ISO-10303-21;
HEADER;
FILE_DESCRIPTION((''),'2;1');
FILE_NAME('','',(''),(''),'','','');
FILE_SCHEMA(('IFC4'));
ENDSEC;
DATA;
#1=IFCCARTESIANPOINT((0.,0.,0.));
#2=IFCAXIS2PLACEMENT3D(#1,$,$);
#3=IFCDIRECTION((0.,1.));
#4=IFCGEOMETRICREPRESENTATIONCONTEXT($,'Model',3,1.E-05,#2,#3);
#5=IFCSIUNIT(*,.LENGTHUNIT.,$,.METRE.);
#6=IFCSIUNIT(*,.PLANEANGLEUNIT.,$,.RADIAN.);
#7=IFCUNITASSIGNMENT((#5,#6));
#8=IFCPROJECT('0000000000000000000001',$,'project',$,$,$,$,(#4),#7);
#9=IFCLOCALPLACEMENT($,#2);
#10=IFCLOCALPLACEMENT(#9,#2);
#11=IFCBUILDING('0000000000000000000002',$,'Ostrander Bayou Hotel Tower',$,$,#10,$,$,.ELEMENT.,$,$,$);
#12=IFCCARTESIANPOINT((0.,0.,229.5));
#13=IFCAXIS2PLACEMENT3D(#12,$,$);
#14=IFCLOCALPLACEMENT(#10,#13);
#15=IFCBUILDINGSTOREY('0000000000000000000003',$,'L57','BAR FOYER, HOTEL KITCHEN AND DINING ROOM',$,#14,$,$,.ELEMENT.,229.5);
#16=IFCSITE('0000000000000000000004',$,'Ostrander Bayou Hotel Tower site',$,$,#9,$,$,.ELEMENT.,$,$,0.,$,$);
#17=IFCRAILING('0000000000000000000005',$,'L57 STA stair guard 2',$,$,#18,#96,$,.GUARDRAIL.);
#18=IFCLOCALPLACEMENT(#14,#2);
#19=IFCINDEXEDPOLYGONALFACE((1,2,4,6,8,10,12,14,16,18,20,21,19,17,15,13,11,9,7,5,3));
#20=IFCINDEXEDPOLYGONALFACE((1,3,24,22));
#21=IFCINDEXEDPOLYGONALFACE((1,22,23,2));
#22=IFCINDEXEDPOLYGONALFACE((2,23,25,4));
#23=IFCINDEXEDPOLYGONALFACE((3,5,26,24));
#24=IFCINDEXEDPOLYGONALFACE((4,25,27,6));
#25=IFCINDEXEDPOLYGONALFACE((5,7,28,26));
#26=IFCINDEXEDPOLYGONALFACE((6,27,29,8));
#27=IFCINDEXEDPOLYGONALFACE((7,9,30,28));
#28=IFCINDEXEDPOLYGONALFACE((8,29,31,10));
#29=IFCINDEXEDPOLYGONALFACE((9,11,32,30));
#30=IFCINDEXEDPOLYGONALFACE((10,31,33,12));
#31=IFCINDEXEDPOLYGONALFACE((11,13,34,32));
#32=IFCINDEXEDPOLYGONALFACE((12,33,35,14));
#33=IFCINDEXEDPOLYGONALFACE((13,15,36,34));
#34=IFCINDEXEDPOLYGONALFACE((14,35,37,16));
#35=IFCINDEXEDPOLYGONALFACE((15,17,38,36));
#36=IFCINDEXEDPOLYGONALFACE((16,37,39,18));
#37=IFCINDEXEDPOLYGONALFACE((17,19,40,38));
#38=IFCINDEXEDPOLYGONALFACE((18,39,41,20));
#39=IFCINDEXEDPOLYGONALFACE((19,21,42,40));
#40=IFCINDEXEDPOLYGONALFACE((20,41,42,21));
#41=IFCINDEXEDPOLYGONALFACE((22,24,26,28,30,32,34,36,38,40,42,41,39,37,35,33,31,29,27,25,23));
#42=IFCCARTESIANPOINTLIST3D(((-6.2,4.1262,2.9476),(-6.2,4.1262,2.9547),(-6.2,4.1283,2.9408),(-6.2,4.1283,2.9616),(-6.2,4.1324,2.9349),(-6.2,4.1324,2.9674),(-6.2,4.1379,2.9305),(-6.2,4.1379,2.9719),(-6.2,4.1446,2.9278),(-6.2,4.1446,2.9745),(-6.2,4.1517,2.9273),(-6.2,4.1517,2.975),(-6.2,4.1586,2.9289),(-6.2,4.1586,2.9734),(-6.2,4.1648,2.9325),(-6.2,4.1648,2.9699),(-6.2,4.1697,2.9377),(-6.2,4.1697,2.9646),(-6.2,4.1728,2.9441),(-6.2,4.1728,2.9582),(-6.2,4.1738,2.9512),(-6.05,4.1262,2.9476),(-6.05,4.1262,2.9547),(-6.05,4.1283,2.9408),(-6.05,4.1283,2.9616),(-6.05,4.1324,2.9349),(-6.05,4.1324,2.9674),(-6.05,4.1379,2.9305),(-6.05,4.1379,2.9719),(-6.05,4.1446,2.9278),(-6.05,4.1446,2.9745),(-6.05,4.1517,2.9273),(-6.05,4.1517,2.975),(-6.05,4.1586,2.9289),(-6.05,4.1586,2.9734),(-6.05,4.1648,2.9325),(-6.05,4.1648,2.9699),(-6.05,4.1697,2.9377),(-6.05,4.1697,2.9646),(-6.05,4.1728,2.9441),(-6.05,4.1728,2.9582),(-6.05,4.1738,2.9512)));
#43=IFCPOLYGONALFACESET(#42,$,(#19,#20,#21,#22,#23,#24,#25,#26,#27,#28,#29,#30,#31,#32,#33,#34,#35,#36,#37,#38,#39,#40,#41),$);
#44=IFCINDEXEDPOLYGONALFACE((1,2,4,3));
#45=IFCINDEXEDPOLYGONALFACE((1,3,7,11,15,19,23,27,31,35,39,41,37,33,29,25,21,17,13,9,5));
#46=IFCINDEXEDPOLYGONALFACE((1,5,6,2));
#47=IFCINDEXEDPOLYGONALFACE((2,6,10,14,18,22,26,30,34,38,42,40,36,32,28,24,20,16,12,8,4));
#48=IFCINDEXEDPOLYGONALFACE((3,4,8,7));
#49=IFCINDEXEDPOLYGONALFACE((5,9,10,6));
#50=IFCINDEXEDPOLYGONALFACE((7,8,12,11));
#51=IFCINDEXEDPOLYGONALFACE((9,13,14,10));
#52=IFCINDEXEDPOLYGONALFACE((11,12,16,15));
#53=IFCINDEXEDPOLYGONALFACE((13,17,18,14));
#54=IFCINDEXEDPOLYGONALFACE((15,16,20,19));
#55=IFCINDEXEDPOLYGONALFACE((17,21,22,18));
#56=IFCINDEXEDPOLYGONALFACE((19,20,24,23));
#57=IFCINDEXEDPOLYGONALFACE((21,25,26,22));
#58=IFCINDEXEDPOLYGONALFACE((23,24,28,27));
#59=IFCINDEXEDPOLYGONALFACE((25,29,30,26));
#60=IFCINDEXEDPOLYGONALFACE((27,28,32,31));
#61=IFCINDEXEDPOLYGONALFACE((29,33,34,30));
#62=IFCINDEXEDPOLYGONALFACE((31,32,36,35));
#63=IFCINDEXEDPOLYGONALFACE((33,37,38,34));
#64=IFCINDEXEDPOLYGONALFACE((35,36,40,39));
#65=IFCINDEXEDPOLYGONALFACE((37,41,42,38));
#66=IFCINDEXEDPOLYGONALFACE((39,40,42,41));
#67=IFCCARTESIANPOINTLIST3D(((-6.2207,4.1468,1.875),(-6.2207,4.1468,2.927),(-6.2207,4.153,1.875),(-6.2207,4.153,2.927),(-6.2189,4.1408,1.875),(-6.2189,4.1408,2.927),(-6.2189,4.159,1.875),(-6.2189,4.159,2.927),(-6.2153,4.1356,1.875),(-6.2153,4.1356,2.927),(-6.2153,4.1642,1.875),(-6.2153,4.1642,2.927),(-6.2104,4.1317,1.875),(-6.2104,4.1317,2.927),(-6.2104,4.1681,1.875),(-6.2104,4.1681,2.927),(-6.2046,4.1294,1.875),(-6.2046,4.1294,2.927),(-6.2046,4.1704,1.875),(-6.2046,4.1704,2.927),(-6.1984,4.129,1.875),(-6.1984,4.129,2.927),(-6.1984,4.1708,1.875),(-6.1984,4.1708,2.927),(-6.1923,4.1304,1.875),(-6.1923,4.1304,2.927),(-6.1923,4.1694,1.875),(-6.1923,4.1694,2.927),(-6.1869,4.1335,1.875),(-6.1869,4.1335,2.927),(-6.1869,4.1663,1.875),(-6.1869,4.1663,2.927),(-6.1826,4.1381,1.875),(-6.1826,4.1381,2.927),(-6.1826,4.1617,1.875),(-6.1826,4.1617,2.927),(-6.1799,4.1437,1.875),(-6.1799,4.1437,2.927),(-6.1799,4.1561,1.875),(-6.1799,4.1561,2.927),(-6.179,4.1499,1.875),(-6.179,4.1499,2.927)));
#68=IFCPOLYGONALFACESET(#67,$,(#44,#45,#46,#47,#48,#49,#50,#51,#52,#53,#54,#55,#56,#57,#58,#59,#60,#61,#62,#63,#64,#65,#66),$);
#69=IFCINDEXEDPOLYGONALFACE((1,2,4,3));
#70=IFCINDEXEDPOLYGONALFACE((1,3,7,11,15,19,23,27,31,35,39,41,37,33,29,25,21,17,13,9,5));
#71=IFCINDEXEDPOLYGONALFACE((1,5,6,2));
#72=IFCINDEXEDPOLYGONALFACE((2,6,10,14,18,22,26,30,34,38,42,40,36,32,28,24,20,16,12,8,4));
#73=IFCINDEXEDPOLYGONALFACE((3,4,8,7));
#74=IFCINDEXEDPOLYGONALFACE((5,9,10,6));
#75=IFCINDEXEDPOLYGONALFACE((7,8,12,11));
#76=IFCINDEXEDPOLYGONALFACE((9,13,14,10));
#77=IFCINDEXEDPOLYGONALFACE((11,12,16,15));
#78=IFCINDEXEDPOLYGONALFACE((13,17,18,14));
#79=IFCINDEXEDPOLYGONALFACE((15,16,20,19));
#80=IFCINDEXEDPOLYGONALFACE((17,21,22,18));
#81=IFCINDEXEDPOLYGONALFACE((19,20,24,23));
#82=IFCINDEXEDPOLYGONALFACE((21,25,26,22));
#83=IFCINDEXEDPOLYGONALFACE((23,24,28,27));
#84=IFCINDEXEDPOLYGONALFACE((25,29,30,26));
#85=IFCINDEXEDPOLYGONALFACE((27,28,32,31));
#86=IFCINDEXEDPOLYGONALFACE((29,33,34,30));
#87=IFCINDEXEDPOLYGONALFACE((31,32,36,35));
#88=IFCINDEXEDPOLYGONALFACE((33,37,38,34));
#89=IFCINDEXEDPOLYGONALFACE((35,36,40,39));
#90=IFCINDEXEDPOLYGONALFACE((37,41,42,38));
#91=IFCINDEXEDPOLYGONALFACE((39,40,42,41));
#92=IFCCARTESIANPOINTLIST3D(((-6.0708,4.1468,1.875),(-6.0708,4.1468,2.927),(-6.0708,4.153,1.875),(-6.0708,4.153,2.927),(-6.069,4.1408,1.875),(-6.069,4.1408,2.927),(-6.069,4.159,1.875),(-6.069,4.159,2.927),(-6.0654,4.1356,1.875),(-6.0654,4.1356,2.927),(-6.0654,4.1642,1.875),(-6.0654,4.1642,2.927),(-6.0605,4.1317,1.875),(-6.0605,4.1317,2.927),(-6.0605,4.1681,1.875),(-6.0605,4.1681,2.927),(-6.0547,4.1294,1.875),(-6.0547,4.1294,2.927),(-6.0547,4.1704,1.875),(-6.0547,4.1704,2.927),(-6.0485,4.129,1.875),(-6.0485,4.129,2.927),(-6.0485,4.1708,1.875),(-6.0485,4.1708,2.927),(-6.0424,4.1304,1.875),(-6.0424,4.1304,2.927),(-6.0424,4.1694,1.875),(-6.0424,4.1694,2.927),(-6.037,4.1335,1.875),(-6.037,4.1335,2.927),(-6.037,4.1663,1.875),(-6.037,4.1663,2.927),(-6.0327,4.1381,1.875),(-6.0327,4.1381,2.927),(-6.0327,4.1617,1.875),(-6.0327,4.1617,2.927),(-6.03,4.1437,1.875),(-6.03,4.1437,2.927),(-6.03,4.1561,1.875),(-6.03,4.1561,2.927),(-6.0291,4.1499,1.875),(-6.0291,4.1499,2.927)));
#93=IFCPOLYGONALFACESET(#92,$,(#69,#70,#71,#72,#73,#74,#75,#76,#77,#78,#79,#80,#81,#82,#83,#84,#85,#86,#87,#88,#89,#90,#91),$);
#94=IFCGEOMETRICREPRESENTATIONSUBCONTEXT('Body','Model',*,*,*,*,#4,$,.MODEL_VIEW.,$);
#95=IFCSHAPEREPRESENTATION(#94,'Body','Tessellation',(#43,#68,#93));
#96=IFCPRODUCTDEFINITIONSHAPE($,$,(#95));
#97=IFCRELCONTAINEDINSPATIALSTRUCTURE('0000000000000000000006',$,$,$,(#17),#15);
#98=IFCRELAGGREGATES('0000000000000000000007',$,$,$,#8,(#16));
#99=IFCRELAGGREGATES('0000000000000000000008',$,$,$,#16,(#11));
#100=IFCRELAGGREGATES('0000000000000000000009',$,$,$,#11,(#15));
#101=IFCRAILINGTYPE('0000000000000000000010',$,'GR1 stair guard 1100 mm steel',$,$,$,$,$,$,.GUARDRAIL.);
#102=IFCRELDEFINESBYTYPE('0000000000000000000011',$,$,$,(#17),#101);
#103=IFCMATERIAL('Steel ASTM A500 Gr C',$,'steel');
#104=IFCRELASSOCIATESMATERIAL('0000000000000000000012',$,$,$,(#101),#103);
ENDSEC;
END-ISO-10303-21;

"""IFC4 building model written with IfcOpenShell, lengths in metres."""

from ifc_helpers import new_model, si_unit, direction, frame, origin, origin_2d, place, context, subcontext, project, spatial, circle, extrude, material, type_object, element, save


model = new_model("IFC4")

# Units and contexts
model_context = context("Model", 3, precision=1e-05, world=origin(), true_north=direction((0.0, 1.0)))
body_context = subcontext(model_context, "Body", "Model", "MODEL_VIEW")
ifc_project = project(units=[si_unit("LENGTHUNIT", "METRE"), si_unit("PLANEANGLEUNIT", "RADIAN")], contexts=[model_context])

# Site, building, storey
site_placement = place(None, origin())
site = spatial("IfcSite", under=ifc_project, at=site_placement, Name="Ostrander Bayou Hotel Tower site", CompositionType="ELEMENT", RefElevation=0.0)
building_placement = place(site_placement, origin())
building = spatial("IfcBuilding", under=site, at=building_placement, Name="Ostrander Bayou Hotel Tower", CompositionType="ELEMENT")
storey_placement = place(building_placement, frame((0.0, 0.0, 229.5)))
storey = spatial("IfcBuildingStorey", under=building, at=storey_placement, Name="L57", Description="BAR FOYER, HOTEL KITCHEN AND DINING ROOM", CompositionType="ELEMENT", Elevation=229.5)

# Railing
ifc_material_1 = material(Name="Steel ASTM A500 Gr C", Category="steel")
railing_type_1 = type_object("IfcRailingType", Name="GR1 stair guard 1100 mm steel", PredefinedType="GUARDRAIL", material=ifc_material_1)
railing_1_placement = place(storey_placement, frame((-6.2, 4.1499, 1.875)))
element("IfcRailing", 1, at=railing_1_placement, inside=storey, type_object=railing_type_1, Name="L57 STA stair guard 2", PredefinedType="GUARDRAIL", context=body_context, shape_type="SweptSolid", body=[
    extrude(circle(Radius=0.0239, at=origin_2d()), frame((0.0, 0.0, 1.0762), z_axis=(1.0, 0.0, 0.0), x_axis=(0.0, 1.0, 0.0)), (0.0, 0.0, 1.0), 0.1499),
    extrude(circle(Radius=0.021, at=origin_2d()), origin(), (0.0, 0.0, 1.0), 1.052),
    extrude(circle(Radius=0.021, at=origin_2d()), frame((0.1499, 0.0, 0.0)), (0.0, 0.0, 1.0), 1.052),
])

save(model, "model.ifc")
